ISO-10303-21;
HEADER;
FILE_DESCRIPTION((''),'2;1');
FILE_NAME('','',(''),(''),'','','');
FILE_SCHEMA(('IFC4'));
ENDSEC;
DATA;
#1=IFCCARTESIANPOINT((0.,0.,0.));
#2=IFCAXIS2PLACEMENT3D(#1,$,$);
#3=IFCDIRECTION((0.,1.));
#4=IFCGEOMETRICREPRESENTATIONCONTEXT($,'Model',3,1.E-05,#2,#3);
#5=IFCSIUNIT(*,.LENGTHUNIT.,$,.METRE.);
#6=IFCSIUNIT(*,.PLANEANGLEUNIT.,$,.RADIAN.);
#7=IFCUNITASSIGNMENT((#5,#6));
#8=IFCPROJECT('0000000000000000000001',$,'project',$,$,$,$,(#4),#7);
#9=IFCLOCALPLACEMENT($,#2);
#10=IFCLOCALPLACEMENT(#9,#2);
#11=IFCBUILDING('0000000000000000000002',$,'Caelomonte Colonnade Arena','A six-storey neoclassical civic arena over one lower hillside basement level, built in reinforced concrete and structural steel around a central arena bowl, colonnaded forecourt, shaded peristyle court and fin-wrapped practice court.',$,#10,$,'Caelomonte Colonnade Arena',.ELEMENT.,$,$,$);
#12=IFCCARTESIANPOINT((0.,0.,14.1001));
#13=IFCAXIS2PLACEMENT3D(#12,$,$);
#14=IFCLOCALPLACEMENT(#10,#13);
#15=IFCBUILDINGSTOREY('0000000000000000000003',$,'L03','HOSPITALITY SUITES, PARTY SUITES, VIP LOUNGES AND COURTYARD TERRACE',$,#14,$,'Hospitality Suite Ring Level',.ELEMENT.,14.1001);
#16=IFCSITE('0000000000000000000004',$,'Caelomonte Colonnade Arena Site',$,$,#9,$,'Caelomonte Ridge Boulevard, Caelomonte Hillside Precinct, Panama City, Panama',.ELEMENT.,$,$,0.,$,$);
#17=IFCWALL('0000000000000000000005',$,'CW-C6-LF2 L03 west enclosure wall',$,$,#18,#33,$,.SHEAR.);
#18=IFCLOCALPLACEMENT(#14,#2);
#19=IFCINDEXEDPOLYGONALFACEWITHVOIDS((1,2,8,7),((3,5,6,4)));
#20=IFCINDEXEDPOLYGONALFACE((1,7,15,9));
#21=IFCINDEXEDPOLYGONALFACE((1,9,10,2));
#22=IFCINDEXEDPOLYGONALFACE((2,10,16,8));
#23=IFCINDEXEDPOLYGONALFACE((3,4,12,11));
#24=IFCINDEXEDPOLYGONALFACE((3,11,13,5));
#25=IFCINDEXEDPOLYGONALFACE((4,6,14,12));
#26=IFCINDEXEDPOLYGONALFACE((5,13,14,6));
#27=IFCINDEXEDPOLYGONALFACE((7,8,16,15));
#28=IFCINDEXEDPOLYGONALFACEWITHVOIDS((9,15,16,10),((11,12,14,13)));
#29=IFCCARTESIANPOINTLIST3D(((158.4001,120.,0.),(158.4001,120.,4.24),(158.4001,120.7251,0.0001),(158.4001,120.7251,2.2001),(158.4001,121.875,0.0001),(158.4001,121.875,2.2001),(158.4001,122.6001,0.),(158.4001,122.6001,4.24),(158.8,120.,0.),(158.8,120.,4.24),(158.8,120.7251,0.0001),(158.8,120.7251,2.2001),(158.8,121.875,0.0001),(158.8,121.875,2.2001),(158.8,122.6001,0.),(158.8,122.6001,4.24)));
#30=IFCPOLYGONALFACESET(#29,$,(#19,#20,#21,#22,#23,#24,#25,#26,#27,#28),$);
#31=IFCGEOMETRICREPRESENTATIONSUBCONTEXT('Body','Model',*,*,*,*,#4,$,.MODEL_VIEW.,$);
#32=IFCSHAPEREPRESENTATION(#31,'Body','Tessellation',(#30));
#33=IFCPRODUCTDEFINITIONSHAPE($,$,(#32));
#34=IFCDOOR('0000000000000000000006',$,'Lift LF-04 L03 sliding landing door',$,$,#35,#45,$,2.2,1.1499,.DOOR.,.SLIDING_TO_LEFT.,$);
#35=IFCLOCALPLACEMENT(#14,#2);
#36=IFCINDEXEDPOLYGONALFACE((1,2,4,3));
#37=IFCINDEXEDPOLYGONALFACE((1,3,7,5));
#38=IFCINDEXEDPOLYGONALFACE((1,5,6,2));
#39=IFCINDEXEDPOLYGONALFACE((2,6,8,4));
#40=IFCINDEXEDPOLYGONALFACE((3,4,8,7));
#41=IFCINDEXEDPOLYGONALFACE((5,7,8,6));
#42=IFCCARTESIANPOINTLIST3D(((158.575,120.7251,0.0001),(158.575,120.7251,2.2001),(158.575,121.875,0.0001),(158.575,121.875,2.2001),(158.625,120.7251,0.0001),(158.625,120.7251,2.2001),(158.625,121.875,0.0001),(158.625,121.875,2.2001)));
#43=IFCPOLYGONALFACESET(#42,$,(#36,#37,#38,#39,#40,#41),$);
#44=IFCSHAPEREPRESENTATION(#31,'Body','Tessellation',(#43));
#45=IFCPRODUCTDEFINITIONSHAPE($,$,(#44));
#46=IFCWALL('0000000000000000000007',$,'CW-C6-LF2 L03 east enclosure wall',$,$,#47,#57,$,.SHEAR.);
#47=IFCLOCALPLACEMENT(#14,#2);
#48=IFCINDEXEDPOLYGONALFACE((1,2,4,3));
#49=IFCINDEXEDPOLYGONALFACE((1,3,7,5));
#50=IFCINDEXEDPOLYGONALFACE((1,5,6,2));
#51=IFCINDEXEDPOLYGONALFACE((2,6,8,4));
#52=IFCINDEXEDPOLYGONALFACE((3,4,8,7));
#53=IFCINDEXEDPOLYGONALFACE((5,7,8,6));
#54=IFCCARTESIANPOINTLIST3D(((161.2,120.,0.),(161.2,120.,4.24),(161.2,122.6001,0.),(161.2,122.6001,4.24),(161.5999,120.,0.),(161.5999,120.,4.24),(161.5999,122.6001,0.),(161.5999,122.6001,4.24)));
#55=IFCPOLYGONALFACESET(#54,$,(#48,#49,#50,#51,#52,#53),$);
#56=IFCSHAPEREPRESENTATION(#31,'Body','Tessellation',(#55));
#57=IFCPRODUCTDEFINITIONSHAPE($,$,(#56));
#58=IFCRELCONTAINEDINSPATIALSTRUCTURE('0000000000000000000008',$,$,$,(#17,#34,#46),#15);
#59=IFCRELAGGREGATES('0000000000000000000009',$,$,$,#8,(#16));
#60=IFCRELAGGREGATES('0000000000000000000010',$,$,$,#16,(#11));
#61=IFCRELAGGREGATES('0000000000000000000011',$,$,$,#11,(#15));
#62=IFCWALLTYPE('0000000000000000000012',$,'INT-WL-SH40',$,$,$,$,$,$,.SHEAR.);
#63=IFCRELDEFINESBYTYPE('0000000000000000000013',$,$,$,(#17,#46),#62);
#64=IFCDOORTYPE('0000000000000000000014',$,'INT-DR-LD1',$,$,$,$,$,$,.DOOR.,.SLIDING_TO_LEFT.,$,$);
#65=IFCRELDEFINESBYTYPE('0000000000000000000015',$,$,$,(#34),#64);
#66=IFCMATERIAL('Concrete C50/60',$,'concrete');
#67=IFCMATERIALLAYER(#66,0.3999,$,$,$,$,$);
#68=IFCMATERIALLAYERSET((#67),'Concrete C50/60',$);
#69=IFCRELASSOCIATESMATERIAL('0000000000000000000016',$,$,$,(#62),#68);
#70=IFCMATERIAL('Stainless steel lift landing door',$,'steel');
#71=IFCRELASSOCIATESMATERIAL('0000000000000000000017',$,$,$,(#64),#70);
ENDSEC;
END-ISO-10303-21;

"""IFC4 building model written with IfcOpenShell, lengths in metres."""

from ifc_helpers import new_model, si_unit, direction, frame, frame_2d, origin, place, context, subcontext, project, spatial, rectangle, extrude, material, layer, layer_set, type_object, element, fill, save


model = new_model("IFC4")

# Units and contexts
model_context = context("Model", 3, precision=1e-05, world=origin(), true_north=direction((0.0, 1.0)))
body_context = subcontext(model_context, "Body", "Model", "MODEL_VIEW")
ifc_project = project(units=[si_unit("LENGTHUNIT", "METRE"), si_unit("PLANEANGLEUNIT", "RADIAN")], contexts=[model_context])

# Site, building, storey
site_placement = place(None, origin())
site = spatial("IfcSite", under=ifc_project, at=site_placement, Name="Caelomonte Colonnade Arena Site", LongName="Caelomonte Ridge Boulevard, Caelomonte Hillside Precinct, Panama City, Panama", CompositionType="ELEMENT", RefElevation=0.0)
building_placement = place(site_placement, origin())
building = spatial("IfcBuilding", under=site, at=building_placement, Name="Caelomonte Colonnade Arena", Description="A six-storey neoclassical civic arena over one lower hillside basement level, built in reinforced concrete and structural steel around a central arena bowl, colonnaded forecourt, shaded peristyle court and fin-wrapped practice court.", LongName="Caelomonte Colonnade Arena", CompositionType="ELEMENT")
storey_placement = place(building_placement, frame((0.0, 0.0, 14.1001)))
storey = spatial("IfcBuildingStorey", under=building, at=storey_placement, Name="L03", Description="HOSPITALITY SUITES, PARTY SUITES, VIP LOUNGES AND COURTYARD TERRACE", LongName="Hospitality Suite Ring Level", CompositionType="ELEMENT", Elevation=14.1001)

# Shared definitions
ifc_material_1 = material(Name="Concrete C50/60", Category="concrete")
ifc_layer_1 = layer(ifc_material_1, 0.3999)
ifc_layer_set_1 = layer_set([ifc_layer_1], Name="Concrete C50/60")
wall_type_1 = type_object("IfcWallType", Name="INT-WL-SH40", PredefinedType="SHEAR", material=ifc_layer_set_1)

# Shared definitions
ifc_material_2 = material(Name="Stainless steel lift landing door", Category="steel")
door_type = type_object("IfcDoorType", Name="INT-DR-LD1", OperationType="SLIDING_TO_LEFT", PredefinedType="DOOR", material=ifc_material_2)

# Wall, opening, door
wall_1_placement = place(storey_placement, frame((158.6001, 122.6001, 0.0), z_axis=(0.0, 0.0, 1.0), x_axis=(0.0, -1.0, 0.0)))
wall_1 = element("IfcWall", 1, at=wall_1_placement, inside=storey, type_object=wall_type_1, Name="CW-C6-LF2 L03 west enclosure wall", PredefinedType="SHEAR", context=body_context, shape_type="SweptSolid", body=[
    extrude(rectangle(XDim=2.6001, YDim=0.3999, at=frame_2d((1.3, 0.0))), origin(), (0.0, 0.0, 1.0), 4.24),
])
opening_1_placement = place(wall_1_placement, frame((0.7251, 0.0, 0.0), z_axis=(0.0, 0.0, 1.0), x_axis=(1.0, 0.0, 0.0)))
opening_1 = element("IfcOpeningElement", 2, at=opening_1_placement, cuts=wall_1, PredefinedType="OPENING", context=body_context, shape_type="SweptSolid", body=[
    extrude(rectangle(XDim=1.1499, YDim=2.2, at=frame_2d((0.575, 1.1001))), frame((0.0, 0.21, 0.0), z_axis=(0.0, -1.0, 0.0), x_axis=(1.0, 0.0, 0.0)), (0.0, 0.0, 1.0), 0.4199),
])
door_1_placement = place(opening_1_placement, origin())
door_1 = element("IfcDoor", 3, at=door_1_placement, inside=storey, type_object=door_type, Name="Lift LF-04 L03 sliding landing door", OperationType="SLIDING_TO_LEFT", OverallHeight=2.2, OverallWidth=1.1499, PredefinedType="DOOR", context=body_context, shape_type="SweptSolid", body=[
    extrude(rectangle(XDim=1.1499, YDim=2.2, at=frame_2d((0.575, 1.1001))), frame((0.0, 0.0249, 0.0), z_axis=(0.0, -1.0, 0.0), x_axis=(1.0, 0.0, 0.0)), (0.0, 0.0, 1.0), 0.05),
])
fill(opening_1, door_1)

# Wall
wall_2_placement = place(storey_placement, frame((161.3999, 120.0, 0.0), z_axis=(0.0, 0.0, 1.0), x_axis=(0.0, 1.0, 0.0)))
element("IfcWall", 4, at=wall_2_placement, inside=storey, type_object=wall_type_1, Name="CW-C6-LF2 L03 east enclosure wall", PredefinedType="SHEAR", context=body_context, shape_type="SweptSolid", body=[
    extrude(rectangle(XDim=2.6001, YDim=0.3999, at=frame_2d((1.3, 0.0))), origin(), (0.0, 0.0, 1.0), 4.24),
])

save(model, "model.ifc")
